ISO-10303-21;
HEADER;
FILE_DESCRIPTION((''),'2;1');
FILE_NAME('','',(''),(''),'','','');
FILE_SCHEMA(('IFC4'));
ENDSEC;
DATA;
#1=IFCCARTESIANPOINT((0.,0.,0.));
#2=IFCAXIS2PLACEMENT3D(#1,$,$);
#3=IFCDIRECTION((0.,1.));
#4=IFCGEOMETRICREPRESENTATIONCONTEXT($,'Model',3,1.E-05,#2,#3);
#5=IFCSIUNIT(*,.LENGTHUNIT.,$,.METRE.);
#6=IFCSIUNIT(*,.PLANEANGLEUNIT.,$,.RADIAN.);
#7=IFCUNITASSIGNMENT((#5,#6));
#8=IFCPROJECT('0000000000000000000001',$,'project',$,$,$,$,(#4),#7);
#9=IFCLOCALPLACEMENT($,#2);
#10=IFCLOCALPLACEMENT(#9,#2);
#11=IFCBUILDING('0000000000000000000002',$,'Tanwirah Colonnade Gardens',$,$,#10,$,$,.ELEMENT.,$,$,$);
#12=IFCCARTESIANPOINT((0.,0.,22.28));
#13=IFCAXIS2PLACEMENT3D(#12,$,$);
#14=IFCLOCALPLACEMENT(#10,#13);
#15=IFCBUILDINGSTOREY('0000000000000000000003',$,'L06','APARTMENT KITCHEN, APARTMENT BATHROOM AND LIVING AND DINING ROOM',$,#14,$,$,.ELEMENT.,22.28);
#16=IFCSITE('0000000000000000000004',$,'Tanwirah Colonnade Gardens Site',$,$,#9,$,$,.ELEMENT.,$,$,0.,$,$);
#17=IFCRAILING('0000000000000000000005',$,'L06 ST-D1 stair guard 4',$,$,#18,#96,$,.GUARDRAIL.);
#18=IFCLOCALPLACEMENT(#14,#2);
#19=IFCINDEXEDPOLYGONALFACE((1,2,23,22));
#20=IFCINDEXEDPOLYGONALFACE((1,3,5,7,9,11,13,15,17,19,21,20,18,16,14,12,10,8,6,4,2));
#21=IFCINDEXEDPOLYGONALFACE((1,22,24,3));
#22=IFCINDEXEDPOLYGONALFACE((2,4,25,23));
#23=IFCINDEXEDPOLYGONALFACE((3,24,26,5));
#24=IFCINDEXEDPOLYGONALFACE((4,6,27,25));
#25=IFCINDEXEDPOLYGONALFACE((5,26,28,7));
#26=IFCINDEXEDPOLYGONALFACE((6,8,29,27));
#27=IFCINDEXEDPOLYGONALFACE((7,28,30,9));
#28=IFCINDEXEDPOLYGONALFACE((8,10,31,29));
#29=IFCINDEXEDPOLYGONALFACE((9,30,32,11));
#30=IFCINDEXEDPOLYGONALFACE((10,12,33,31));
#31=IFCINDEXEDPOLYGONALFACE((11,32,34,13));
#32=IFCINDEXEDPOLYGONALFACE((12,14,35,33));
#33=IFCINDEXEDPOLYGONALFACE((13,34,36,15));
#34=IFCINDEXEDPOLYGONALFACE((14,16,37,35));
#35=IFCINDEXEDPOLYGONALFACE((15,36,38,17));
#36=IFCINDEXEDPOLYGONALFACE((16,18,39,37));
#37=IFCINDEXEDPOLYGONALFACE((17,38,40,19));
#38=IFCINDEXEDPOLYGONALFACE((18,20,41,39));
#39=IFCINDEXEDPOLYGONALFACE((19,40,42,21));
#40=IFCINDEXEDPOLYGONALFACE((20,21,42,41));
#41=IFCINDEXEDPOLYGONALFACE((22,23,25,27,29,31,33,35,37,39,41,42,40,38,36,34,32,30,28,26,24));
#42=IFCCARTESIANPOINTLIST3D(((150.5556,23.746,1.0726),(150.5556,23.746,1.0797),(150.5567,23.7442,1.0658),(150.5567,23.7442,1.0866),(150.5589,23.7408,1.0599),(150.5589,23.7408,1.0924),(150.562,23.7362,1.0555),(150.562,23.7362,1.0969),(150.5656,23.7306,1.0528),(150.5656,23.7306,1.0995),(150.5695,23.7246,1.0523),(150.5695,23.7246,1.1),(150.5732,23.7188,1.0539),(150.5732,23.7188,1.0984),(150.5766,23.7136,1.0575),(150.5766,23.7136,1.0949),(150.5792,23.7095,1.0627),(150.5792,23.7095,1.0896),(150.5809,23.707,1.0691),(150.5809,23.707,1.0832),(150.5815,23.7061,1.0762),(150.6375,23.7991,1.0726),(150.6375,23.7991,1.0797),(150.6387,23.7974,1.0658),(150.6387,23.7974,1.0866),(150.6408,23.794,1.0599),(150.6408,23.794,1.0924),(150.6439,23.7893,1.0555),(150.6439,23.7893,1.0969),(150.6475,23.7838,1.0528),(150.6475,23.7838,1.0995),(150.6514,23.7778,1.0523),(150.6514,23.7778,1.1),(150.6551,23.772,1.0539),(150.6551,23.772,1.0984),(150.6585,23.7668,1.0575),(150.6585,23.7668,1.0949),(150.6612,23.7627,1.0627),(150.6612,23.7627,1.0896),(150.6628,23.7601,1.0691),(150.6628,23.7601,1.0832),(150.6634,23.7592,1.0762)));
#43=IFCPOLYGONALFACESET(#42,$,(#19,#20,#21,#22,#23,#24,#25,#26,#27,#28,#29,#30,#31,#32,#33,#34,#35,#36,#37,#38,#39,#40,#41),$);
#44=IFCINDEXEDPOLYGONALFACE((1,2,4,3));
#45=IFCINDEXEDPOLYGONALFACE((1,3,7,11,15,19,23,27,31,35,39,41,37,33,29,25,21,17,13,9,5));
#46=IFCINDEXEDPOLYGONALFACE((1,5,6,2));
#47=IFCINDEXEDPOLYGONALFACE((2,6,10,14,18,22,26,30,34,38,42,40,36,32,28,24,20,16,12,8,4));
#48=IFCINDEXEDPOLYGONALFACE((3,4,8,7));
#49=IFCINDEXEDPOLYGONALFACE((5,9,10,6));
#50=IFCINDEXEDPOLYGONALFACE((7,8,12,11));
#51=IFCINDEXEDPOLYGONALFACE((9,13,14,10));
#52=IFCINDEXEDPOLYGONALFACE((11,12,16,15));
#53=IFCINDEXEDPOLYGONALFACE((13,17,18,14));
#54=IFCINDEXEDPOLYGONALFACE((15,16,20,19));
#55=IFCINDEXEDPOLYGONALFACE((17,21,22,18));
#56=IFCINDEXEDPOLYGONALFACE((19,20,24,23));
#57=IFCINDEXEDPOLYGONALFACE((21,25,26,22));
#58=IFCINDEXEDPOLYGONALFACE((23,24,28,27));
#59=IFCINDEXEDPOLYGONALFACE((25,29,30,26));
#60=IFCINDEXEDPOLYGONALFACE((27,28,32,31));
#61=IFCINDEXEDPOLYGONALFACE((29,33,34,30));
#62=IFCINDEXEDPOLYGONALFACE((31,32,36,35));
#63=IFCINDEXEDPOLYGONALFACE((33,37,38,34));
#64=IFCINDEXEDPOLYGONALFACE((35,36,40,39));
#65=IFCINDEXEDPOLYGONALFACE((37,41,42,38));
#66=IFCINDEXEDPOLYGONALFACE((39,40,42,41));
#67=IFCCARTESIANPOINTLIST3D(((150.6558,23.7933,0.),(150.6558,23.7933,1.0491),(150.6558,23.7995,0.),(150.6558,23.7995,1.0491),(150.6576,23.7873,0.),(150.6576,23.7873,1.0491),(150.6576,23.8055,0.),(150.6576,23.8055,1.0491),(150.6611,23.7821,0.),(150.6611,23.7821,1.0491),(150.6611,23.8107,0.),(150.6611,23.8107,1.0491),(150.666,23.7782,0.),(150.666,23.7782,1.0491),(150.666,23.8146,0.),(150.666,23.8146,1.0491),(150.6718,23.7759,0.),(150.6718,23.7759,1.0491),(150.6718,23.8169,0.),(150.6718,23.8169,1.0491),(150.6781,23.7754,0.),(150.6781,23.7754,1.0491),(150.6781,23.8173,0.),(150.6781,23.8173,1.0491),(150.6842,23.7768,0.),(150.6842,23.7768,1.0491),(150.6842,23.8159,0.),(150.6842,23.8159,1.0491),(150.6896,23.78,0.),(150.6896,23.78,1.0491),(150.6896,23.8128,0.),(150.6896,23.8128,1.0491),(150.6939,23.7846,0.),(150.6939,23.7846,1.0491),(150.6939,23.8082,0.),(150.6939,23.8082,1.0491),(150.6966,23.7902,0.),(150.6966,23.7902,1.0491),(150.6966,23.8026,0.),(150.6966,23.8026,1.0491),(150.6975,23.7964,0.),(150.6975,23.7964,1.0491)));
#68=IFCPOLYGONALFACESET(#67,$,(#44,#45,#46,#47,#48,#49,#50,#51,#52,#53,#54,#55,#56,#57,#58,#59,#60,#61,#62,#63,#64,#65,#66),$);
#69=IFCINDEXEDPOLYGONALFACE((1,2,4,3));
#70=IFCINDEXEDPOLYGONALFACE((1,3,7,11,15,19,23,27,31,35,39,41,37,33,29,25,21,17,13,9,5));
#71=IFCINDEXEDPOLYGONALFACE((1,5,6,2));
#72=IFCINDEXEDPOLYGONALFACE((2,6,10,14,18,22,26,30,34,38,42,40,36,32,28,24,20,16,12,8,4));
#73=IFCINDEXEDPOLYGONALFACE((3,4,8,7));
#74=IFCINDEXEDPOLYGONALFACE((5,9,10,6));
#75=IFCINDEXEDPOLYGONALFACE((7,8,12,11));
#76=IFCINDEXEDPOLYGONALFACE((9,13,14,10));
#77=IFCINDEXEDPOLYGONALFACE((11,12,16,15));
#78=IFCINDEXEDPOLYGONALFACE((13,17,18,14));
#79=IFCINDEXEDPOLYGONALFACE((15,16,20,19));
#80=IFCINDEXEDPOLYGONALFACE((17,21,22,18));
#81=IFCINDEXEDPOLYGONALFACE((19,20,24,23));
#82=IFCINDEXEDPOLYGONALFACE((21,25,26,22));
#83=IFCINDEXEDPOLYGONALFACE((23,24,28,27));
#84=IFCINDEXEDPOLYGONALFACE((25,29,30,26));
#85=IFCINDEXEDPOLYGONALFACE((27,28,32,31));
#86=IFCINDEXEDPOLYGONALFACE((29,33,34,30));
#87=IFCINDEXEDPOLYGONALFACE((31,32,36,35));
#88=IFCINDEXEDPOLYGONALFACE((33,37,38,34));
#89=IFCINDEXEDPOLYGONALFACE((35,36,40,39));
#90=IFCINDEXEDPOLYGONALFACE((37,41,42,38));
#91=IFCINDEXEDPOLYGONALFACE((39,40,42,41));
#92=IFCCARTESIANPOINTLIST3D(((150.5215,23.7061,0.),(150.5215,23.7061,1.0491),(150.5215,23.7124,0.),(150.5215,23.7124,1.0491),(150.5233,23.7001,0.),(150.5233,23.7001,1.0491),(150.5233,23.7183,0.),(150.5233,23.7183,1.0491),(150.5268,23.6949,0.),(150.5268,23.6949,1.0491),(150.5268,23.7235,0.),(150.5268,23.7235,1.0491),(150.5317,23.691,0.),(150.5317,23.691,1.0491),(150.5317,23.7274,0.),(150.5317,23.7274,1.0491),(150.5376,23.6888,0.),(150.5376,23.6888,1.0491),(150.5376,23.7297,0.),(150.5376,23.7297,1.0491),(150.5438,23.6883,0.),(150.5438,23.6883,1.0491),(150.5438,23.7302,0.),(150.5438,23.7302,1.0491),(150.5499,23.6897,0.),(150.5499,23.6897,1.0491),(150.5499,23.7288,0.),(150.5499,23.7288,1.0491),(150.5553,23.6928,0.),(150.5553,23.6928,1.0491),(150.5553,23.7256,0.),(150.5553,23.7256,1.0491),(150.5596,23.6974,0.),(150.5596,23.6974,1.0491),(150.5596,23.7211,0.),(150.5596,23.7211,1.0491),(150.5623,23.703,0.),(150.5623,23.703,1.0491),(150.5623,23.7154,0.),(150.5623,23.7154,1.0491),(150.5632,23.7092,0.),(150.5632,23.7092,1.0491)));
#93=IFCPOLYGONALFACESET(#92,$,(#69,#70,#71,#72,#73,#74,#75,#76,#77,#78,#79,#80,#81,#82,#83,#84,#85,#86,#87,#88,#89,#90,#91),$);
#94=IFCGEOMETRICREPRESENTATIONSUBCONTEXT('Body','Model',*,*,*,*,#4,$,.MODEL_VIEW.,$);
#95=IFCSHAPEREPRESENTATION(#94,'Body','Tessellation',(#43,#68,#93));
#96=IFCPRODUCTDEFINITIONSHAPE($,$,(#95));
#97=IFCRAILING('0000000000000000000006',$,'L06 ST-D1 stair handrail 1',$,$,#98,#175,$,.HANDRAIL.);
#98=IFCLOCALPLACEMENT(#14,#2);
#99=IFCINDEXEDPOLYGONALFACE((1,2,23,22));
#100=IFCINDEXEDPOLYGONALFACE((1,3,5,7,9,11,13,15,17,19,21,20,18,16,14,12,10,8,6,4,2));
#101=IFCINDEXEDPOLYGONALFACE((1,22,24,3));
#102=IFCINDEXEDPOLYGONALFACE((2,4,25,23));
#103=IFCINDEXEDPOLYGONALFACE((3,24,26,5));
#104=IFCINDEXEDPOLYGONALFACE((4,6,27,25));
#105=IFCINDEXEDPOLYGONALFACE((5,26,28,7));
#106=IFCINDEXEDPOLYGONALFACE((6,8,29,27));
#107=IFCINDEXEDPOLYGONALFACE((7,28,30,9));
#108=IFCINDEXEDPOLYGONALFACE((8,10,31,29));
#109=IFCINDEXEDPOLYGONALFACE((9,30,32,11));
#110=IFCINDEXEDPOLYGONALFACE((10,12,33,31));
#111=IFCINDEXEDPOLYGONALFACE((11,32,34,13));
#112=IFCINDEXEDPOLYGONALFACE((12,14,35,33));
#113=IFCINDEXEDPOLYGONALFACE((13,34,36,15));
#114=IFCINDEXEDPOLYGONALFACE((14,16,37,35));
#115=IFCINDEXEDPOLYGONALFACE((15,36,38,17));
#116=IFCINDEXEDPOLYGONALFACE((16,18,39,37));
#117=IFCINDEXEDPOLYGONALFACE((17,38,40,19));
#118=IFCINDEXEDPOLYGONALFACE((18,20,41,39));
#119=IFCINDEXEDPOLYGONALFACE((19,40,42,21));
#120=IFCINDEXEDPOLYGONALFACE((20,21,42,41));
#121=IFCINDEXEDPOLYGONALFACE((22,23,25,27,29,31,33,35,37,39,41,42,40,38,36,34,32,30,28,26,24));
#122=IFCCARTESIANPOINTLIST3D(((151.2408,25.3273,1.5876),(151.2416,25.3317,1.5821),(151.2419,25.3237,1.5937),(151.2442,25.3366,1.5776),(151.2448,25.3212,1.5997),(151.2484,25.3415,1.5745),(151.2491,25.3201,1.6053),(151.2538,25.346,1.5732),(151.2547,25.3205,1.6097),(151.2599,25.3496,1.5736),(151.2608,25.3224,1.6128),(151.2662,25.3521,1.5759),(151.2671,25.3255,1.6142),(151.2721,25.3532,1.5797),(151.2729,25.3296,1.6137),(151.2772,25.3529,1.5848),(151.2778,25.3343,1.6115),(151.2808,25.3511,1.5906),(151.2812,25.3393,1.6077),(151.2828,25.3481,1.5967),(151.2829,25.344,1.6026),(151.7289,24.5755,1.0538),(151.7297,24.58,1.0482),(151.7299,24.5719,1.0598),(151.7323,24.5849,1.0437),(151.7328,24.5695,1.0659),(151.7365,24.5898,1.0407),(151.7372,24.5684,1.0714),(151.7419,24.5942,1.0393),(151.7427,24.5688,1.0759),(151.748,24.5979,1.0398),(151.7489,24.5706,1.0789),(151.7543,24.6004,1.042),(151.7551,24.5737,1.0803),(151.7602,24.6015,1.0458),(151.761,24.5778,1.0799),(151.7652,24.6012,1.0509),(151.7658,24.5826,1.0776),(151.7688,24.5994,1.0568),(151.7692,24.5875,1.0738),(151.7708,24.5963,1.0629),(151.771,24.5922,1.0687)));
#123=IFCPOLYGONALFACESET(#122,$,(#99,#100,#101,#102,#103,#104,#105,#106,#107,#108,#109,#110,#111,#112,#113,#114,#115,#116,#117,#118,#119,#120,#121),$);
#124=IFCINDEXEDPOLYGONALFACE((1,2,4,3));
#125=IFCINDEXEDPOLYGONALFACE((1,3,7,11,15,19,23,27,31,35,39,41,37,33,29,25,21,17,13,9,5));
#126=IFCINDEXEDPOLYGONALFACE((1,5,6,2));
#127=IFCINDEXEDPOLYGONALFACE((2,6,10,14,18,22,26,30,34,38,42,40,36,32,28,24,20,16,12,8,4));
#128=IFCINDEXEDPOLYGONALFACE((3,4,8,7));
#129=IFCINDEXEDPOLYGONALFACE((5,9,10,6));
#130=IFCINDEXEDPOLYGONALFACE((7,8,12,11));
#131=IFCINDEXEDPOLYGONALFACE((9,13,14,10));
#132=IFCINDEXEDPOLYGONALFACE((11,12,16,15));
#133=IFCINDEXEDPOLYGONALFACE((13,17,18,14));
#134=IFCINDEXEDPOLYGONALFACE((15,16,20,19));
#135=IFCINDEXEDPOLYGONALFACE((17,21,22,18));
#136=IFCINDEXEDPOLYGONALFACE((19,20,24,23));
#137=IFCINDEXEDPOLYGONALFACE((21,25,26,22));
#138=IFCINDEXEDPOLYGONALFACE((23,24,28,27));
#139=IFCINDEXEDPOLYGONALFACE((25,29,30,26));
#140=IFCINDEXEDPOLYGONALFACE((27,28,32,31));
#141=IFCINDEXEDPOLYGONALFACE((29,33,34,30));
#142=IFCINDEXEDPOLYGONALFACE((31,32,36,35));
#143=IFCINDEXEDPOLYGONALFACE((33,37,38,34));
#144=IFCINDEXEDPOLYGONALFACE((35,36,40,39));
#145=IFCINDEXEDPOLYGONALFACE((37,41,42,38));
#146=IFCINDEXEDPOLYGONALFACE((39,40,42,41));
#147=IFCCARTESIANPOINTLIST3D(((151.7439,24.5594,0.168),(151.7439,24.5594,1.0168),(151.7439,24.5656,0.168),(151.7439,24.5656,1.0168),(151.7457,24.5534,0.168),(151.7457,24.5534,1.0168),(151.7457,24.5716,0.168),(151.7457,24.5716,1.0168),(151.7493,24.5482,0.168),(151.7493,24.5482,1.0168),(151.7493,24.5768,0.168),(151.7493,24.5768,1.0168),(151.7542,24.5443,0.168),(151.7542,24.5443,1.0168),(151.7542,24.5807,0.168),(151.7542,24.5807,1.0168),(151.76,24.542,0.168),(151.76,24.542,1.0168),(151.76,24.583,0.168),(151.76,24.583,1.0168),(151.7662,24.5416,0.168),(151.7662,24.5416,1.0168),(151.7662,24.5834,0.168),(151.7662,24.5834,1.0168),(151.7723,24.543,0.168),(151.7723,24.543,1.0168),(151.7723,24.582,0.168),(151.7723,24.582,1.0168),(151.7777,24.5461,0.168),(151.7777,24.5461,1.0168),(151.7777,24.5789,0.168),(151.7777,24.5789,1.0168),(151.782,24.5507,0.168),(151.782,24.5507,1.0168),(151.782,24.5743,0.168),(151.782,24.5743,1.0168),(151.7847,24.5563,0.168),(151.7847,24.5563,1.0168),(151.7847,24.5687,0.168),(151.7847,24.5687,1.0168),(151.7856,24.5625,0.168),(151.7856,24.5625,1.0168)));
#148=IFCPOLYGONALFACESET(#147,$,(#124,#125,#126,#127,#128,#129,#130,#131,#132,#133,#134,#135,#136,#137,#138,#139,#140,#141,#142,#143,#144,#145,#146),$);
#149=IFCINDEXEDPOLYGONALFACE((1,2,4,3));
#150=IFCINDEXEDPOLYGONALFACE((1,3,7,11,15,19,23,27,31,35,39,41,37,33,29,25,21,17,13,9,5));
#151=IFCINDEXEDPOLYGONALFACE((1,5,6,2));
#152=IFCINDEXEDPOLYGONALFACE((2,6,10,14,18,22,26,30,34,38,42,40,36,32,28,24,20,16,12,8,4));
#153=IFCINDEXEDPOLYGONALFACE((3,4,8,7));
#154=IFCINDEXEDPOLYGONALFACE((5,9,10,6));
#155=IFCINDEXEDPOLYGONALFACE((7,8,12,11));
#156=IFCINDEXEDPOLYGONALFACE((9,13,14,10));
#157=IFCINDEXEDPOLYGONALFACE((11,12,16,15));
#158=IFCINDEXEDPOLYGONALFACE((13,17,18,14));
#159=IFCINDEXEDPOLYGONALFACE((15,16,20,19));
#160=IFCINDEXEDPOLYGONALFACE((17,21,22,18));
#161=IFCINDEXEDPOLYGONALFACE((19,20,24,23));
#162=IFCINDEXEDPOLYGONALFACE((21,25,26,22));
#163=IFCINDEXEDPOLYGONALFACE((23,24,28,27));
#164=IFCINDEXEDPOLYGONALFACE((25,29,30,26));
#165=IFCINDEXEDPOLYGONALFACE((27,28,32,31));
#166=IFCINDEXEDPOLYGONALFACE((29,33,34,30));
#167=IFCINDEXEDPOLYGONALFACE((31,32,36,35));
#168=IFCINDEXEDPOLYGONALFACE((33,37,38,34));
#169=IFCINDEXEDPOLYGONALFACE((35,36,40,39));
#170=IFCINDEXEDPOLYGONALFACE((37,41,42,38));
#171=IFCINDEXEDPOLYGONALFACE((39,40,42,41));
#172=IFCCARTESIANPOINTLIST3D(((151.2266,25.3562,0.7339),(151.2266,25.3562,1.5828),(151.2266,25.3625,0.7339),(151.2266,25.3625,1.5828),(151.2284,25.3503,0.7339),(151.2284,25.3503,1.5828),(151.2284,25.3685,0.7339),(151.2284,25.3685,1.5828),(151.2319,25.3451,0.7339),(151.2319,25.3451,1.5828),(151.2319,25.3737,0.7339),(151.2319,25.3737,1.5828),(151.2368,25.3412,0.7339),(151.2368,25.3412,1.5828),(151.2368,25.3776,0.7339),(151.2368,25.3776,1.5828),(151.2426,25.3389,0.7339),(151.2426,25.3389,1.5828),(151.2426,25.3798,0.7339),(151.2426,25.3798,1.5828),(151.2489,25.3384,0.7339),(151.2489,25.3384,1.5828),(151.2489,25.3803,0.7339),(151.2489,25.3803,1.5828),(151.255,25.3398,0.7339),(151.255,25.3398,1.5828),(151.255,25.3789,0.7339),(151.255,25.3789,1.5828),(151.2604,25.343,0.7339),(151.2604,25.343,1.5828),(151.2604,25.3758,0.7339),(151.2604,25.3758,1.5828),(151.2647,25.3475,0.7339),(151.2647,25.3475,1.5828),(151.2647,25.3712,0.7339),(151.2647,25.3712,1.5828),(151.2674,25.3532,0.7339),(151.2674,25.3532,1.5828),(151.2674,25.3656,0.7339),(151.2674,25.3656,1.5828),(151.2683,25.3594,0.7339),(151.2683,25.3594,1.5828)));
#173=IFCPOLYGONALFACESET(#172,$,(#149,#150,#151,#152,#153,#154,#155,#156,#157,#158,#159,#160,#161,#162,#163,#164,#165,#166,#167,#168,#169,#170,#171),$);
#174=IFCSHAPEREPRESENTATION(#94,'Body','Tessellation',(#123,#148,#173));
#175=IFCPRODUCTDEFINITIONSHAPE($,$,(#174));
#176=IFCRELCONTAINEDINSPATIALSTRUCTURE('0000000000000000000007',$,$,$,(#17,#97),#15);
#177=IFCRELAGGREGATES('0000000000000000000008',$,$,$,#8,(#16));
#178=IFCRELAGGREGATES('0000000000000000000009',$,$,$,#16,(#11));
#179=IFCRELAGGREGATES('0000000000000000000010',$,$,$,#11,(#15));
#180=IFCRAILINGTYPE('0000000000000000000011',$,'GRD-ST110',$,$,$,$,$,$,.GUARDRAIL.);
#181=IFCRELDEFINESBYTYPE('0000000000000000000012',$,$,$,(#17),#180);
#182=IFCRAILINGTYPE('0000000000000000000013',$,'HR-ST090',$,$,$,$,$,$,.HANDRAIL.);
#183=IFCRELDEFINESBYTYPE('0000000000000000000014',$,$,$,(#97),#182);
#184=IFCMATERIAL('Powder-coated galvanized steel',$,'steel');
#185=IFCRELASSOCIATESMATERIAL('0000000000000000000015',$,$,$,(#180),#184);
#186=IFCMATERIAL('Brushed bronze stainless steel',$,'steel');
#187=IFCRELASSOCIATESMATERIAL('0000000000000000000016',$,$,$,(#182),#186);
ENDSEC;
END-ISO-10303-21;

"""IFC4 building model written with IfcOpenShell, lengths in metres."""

from ifc_helpers import new_model, si_unit, direction, frame, origin, origin_2d, place, context, subcontext, project, spatial, circle, extrude, material, type_object, element, save


model = new_model("IFC4")

# Units and contexts
model_context = context("Model", 3, precision=1e-05, world=origin(), true_north=direction((0.0, 1.0)))
body_context = subcontext(model_context, "Body", "Model", "MODEL_VIEW")
ifc_project = project(units=[si_unit("LENGTHUNIT", "METRE"), si_unit("PLANEANGLEUNIT", "RADIAN")], contexts=[model_context])

# Site, building, storey
site_placement = place(None, origin())
site = spatial("IfcSite", under=ifc_project, at=site_placement, Name="Tanwirah Colonnade Gardens Site", CompositionType="ELEMENT", RefElevation=0.0)
building_placement = place(site_placement, origin())
building = spatial("IfcBuilding", under=site, at=building_placement, Name="Tanwirah Colonnade Gardens", CompositionType="ELEMENT")
storey_placement = place(building_placement, frame((0.0, 0.0, 22.28)))
storey = spatial("IfcBuildingStorey", under=building, at=storey_placement, Name="L06", Description="APARTMENT KITCHEN, APARTMENT BATHROOM AND LIVING AND DINING ROOM", CompositionType="ELEMENT", Elevation=22.28)

# Railings
ifc_material_1 = material(Name="Powder-coated galvanized steel", Category="steel")
railing_type_1 = type_object("IfcRailingType", Name="GRD-ST110", PredefinedType="GUARDRAIL", material=ifc_material_1)
railing_1_placement = place(storey_placement, frame((150.6765, 23.7964, 0.0)))
element("IfcRailing", 1, at=railing_1_placement, inside=storey, type_object=railing_type_1, Name="L06 ST-D1 stair guard 4", PredefinedType="GUARDRAIL", context=body_context, shape_type="SweptSolid", body=[
    extrude(circle(Radius=0.0239, at=origin_2d()), frame((-0.0261, -0.0171, 1.0762), z_axis=(-0.838792, -0.544452, 0.0), x_axis=(0.544452, -0.838792, 0.0)), (0.0, 0.0, 1.0), 0.0977),
    extrude(circle(Radius=0.021, at=origin_2d()), origin(), (0.0, 0.0, 1.0), 1.0491),
    extrude(circle(Radius=0.021, at=origin_2d()), frame((-0.1343, -0.0872, 0.0)), (0.0, 0.0, 1.0), 1.0491),
])
ifc_material_2 = material(Name="Brushed bronze stainless steel", Category="steel")
railing_type_2 = type_object("IfcRailingType", Name="HR-ST090", PredefinedType="HANDRAIL", material=ifc_material_2)
railing_2_placement = place(storey_placement, frame((151.7646, 24.5625, 0.168)))
element("IfcRailing", 2, at=railing_2_placement, inside=storey, type_object=railing_type_2, Name="L06 ST-D1 stair handrail 1", PredefinedType="HANDRAIL", context=body_context, shape_type="SweptSolid", body=[
    extrude(circle(Radius=0.0239, at=origin_2d()), frame((-0.0146, 0.0225, 0.8918), z_axis=(-0.467815, 0.720599, 0.511749), x_axis=(-0.838749, -0.544519, 0.0)), (0.0, 0.0, 1.0), 1.0432),
    extrude(circle(Radius=0.021, at=origin_2d()), origin(), (0.0, 0.0, 1.0), 0.8489),
    extrude(circle(Radius=0.021, at=origin_2d()), frame((-0.5173, 0.7969, 0.5659)), (0.0, 0.0, 1.0), 0.8489),
])

save(model, "model.ifc")
